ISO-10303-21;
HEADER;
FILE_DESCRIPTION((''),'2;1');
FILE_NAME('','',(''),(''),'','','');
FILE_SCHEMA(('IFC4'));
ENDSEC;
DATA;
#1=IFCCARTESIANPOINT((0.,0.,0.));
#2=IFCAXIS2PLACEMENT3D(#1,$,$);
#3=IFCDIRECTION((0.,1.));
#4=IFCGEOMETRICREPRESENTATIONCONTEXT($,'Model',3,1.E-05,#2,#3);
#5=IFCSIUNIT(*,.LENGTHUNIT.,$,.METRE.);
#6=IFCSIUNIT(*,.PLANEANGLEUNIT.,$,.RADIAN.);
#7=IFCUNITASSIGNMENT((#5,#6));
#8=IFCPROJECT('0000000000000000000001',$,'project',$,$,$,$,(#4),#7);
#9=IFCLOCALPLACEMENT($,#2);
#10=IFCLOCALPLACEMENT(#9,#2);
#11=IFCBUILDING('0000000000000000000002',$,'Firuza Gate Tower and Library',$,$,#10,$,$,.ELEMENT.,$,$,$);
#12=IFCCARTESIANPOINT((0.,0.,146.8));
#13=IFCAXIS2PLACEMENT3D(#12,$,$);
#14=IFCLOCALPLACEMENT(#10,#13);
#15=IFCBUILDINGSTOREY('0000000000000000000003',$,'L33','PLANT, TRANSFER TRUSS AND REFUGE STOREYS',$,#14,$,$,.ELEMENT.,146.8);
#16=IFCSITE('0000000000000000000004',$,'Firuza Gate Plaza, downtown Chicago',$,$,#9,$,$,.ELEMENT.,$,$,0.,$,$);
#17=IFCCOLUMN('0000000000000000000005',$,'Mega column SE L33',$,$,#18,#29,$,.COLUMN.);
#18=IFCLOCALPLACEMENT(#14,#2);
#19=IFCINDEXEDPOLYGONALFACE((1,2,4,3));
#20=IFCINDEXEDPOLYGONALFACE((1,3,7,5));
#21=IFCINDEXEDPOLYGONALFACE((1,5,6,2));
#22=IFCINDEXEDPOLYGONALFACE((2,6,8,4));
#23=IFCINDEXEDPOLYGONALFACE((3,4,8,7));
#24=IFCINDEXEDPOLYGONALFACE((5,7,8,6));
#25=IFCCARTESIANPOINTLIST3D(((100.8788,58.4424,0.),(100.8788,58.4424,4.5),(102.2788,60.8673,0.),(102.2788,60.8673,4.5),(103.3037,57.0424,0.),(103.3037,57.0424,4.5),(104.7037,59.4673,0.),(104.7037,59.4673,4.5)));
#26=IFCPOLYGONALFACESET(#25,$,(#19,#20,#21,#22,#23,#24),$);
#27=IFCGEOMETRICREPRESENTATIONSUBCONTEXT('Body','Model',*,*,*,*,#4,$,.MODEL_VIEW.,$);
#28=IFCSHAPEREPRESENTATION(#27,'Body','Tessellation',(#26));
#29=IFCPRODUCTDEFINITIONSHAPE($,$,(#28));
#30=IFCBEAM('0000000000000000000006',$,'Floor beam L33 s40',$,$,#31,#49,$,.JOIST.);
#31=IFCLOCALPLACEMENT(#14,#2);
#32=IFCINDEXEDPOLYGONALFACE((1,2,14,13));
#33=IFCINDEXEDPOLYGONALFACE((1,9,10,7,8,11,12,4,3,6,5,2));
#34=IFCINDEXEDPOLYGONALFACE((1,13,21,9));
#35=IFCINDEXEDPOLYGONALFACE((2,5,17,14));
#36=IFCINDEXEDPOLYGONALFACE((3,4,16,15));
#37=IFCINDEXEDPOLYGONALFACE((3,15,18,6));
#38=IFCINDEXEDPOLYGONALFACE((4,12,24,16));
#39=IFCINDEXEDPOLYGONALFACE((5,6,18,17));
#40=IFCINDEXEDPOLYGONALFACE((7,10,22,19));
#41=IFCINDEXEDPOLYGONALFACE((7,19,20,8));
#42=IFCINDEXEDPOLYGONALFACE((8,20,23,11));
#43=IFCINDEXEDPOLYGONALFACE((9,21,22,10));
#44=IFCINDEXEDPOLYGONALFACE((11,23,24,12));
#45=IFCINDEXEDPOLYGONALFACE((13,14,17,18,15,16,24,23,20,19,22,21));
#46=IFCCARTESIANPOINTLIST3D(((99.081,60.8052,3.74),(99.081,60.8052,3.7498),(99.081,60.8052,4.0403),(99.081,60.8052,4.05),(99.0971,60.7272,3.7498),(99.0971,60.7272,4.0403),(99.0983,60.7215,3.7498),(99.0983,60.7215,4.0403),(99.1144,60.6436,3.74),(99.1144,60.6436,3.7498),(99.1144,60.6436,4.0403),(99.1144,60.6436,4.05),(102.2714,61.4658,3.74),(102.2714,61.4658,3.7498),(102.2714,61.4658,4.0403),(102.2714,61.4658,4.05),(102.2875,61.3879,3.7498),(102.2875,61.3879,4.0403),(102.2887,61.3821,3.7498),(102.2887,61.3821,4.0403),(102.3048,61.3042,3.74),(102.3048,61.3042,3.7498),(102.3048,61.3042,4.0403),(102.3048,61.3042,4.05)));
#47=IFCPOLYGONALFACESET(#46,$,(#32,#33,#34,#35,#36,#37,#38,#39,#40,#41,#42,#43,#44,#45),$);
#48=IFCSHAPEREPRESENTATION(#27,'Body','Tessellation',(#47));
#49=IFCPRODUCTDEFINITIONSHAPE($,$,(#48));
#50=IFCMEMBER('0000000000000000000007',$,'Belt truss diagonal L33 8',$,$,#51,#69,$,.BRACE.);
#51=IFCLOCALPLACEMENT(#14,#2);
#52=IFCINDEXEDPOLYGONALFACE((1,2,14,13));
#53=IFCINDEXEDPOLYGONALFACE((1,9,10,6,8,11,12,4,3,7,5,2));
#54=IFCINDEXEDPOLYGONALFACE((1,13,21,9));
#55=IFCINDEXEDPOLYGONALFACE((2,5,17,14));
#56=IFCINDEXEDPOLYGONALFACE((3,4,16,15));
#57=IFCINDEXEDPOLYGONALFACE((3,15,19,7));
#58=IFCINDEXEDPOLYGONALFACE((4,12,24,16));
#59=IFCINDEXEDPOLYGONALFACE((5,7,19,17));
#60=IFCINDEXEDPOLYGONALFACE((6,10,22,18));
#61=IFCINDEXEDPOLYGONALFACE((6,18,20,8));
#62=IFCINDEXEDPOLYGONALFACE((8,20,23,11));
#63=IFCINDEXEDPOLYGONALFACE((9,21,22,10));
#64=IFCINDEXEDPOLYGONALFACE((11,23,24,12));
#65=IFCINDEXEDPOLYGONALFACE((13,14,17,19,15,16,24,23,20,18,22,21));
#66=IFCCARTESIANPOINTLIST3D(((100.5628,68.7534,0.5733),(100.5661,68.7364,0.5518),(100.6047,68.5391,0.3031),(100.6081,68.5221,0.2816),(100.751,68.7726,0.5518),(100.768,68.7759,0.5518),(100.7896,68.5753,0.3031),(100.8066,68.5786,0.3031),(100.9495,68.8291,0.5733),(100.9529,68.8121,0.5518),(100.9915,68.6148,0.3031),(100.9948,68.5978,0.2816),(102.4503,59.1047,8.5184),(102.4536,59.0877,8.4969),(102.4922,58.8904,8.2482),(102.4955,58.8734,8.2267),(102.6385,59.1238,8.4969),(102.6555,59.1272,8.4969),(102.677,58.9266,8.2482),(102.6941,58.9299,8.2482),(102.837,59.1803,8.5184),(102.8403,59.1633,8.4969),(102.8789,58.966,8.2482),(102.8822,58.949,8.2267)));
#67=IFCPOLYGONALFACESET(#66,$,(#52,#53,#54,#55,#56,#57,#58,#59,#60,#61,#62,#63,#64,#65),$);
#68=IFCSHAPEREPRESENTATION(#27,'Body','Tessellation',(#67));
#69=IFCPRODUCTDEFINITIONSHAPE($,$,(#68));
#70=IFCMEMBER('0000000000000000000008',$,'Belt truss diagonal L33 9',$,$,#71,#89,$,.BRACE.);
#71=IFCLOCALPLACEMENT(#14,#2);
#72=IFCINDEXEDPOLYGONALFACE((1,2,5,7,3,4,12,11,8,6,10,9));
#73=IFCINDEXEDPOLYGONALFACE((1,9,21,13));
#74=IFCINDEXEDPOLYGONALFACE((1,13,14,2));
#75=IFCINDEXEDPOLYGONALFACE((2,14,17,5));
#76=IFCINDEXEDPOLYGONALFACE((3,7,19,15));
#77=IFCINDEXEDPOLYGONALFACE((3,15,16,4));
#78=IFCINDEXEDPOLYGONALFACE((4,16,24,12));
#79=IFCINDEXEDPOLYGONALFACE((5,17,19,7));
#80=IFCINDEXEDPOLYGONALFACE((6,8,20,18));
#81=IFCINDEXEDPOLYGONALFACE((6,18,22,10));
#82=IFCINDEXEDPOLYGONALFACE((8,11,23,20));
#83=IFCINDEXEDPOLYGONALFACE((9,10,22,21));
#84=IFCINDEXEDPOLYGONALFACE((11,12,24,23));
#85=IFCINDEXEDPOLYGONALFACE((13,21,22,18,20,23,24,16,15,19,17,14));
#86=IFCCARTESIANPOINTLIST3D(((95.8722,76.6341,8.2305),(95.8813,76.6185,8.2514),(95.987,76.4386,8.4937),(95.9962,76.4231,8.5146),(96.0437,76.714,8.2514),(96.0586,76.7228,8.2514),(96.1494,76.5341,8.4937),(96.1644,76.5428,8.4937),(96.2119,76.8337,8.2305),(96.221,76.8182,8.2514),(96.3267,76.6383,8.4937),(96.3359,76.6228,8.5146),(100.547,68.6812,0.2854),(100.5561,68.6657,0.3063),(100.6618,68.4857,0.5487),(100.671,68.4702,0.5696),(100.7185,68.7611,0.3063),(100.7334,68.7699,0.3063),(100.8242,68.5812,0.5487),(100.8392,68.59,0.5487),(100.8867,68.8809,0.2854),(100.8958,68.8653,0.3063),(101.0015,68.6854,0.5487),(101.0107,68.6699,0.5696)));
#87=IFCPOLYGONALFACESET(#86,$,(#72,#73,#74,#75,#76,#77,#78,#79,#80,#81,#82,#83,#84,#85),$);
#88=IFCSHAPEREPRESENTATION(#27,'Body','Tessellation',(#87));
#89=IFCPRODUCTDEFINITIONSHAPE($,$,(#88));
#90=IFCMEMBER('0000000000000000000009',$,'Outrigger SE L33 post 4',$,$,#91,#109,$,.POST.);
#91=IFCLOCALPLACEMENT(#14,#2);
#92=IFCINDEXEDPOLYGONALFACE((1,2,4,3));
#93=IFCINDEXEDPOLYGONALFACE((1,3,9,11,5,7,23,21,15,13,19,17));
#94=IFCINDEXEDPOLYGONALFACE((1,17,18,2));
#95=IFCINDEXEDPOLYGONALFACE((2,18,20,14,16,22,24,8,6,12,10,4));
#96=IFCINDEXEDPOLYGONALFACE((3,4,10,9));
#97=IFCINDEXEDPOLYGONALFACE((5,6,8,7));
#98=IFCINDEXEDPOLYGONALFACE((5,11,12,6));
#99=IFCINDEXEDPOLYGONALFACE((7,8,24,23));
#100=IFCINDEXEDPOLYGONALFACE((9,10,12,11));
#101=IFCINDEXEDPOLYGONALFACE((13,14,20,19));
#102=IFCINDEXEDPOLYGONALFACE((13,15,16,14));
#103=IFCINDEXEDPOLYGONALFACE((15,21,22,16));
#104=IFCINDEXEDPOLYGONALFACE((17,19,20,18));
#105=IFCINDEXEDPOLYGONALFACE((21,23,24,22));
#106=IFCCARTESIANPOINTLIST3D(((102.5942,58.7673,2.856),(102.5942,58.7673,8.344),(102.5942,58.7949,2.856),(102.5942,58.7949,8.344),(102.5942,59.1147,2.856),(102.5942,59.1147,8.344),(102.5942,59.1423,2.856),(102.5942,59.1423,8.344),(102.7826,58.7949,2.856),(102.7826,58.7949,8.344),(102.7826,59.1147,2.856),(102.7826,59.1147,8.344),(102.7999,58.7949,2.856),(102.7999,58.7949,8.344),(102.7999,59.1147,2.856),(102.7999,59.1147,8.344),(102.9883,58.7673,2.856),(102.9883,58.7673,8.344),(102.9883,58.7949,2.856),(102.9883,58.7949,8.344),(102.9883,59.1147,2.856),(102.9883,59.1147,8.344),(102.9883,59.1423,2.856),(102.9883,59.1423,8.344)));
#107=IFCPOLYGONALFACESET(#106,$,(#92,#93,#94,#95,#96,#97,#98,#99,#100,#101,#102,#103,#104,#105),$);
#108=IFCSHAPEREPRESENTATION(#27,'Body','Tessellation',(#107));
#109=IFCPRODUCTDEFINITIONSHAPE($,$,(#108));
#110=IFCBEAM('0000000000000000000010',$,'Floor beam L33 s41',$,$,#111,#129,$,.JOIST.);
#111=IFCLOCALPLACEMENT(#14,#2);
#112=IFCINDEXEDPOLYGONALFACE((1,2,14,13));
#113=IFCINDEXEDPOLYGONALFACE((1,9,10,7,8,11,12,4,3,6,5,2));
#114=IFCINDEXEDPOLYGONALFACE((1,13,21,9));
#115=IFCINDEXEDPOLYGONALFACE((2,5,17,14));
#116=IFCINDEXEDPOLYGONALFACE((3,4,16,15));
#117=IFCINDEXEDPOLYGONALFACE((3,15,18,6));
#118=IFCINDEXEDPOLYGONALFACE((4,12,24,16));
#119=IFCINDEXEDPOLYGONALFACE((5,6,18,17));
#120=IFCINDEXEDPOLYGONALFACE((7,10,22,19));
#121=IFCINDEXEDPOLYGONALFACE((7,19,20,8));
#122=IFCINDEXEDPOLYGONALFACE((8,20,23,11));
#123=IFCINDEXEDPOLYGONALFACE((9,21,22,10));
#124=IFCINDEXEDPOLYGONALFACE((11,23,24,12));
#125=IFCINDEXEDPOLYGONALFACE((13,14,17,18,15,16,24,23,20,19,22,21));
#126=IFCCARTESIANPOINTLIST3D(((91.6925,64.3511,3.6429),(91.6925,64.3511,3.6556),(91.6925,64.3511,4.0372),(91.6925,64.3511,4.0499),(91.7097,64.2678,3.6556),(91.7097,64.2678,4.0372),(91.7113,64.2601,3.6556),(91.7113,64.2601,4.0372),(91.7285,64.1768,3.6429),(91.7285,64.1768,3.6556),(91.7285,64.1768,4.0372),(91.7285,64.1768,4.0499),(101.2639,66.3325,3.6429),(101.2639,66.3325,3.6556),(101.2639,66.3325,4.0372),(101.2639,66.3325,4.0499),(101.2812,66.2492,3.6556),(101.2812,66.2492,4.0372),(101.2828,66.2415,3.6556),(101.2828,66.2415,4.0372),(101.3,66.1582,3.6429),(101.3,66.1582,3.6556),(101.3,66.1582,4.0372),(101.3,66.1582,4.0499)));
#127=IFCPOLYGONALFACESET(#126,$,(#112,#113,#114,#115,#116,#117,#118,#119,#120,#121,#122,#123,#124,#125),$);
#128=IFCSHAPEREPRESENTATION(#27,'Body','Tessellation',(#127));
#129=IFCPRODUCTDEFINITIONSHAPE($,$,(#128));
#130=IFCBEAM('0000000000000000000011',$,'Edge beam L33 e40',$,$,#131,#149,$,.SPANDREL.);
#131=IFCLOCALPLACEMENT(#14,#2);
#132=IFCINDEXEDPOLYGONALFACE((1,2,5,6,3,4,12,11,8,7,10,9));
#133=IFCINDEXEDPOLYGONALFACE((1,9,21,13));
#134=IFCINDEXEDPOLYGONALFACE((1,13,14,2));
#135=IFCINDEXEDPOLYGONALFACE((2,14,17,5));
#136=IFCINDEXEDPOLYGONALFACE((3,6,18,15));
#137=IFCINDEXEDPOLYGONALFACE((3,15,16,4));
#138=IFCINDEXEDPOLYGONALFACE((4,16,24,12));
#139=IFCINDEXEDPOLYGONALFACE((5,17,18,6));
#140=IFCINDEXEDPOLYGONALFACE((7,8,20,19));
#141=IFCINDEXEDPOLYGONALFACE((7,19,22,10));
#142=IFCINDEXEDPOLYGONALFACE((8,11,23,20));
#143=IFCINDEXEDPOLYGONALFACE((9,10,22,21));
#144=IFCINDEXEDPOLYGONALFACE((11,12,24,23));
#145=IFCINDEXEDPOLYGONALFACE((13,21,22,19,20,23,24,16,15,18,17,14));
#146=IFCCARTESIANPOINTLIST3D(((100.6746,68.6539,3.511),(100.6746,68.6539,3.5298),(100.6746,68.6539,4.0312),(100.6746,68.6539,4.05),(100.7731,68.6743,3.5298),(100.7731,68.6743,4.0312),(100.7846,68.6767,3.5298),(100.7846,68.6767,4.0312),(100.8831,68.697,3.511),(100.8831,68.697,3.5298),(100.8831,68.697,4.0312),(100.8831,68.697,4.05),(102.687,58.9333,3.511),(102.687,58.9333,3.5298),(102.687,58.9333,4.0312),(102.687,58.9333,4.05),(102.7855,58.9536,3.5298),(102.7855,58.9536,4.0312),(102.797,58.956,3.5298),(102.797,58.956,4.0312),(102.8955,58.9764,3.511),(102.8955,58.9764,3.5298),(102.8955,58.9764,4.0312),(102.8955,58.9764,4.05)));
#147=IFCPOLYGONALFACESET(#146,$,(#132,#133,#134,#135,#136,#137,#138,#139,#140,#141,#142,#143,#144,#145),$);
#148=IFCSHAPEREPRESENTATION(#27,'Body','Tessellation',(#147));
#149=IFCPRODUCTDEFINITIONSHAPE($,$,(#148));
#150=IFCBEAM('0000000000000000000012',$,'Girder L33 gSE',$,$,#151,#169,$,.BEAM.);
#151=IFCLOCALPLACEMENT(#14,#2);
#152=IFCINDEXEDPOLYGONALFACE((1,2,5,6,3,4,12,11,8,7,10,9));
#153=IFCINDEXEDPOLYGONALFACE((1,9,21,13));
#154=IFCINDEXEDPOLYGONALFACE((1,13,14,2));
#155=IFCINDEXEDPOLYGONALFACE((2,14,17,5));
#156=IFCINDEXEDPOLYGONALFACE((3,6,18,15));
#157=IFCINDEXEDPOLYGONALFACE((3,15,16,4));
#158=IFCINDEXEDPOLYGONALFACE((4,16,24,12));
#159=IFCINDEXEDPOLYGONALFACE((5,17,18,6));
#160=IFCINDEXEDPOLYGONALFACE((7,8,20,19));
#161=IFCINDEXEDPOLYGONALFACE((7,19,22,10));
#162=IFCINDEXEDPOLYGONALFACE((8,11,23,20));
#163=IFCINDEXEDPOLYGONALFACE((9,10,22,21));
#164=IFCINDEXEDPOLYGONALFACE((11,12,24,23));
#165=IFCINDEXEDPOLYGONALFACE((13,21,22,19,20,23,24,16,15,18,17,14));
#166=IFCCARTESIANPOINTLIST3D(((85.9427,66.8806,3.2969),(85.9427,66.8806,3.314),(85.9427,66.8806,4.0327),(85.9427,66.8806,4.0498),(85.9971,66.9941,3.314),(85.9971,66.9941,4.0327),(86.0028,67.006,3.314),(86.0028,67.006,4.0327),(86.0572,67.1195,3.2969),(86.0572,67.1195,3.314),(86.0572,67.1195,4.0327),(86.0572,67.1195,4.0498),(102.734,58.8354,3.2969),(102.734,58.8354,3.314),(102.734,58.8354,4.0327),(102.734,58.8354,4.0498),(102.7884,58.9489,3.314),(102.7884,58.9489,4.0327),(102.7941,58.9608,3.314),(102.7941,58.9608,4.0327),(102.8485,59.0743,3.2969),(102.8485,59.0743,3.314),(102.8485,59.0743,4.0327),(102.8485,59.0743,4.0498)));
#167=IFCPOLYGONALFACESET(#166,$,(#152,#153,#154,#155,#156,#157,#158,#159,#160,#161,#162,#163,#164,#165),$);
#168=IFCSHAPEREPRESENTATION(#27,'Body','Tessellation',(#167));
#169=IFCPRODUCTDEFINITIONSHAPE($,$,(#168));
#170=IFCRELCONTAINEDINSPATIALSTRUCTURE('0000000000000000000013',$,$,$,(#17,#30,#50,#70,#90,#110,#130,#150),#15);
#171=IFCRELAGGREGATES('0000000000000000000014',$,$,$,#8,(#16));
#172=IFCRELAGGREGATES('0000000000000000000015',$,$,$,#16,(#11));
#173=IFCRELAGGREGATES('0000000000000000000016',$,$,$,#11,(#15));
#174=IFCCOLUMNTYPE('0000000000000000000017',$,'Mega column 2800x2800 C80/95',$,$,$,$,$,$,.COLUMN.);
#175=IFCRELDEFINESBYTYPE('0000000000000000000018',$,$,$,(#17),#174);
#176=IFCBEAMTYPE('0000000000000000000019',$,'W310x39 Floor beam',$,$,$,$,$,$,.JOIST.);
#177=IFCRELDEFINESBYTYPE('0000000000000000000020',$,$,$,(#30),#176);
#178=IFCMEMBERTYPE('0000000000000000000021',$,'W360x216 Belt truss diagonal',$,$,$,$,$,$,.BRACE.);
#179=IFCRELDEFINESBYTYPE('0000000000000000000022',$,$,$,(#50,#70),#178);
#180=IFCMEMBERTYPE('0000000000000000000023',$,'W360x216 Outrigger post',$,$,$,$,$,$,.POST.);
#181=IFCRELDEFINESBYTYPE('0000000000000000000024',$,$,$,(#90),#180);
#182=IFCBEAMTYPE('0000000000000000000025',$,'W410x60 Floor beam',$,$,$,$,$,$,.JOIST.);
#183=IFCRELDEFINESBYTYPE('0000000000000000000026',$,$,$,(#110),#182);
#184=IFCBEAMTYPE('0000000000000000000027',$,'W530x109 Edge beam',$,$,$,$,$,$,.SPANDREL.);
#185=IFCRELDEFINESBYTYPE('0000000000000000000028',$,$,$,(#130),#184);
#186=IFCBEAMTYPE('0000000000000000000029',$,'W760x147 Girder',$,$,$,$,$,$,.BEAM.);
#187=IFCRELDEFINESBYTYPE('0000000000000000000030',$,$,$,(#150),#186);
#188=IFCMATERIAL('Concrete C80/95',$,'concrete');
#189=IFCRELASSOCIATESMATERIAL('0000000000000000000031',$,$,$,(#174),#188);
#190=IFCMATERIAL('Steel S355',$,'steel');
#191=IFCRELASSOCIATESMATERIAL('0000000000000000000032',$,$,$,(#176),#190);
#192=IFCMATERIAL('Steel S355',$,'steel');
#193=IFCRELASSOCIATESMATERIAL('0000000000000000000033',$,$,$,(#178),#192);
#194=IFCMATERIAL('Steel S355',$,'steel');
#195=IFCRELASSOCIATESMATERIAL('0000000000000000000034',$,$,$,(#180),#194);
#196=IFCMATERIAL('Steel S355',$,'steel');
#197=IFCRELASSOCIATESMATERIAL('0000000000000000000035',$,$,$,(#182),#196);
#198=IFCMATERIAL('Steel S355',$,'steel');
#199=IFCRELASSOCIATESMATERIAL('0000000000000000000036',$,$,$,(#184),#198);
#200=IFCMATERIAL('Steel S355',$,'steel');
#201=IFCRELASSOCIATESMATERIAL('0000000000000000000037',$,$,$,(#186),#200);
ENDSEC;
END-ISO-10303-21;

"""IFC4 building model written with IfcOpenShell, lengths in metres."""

from ifc_helpers import new_model, si_unit, direction, frame, origin, origin_2d, place, context, subcontext, project, spatial, rectangle, i_section, extrude, material, material_profile, profile_set, type_object, element, save


model = new_model("IFC4")

# Units and contexts
model_context = context("Model", 3, precision=1e-05, world=origin(), true_north=direction((0.0, 1.0)))
body_context = subcontext(model_context, "Body", "Model", "MODEL_VIEW")
ifc_project = project(units=[si_unit("LENGTHUNIT", "METRE"), si_unit("PLANEANGLEUNIT", "RADIAN")], contexts=[model_context])

# Site, building, storey
site_placement = place(None, origin())
site = spatial("IfcSite", under=ifc_project, at=site_placement, Name="Firuza Gate Plaza, downtown Chicago", CompositionType="ELEMENT", RefElevation=0.0)
building_placement = place(site_placement, origin())
building = spatial("IfcBuilding", under=site, at=building_placement, Name="Firuza Gate Tower and Library", CompositionType="ELEMENT")
storey_placement = place(building_placement, frame((0.0, 0.0, 146.8)))
storey = spatial("IfcBuildingStorey", under=building, at=storey_placement, Name="L33", Description="PLANT, TRANSFER TRUSS AND REFUGE STOREYS", CompositionType="ELEMENT", Elevation=146.8)

# Column
ifc_material_1 = material(Name="Concrete C80/95", Category="concrete")
ifc_material_profile_1 = material_profile(ifc_material_1, rectangle(XDim=2.8, YDim=2.8, at=origin_2d()))
ifc_profile_set_1 = profile_set([ifc_material_profile_1], Name="Concrete C80/95")
column_type = type_object("IfcColumnType", Name="Mega column 2800x2800 C80/95", PredefinedType="COLUMN", material=ifc_profile_set_1)
column_placement = place(storey_placement, frame((102.7913, 58.9548, 0.0), z_axis=(0.0, 0.0, 1.0), x_axis=(0.5, 0.866025, 0.0)))
element("IfcColumn", 1, at=column_placement, inside=storey, type_object=column_type, Name="Mega column SE L33", PredefinedType="COLUMN", context=body_context, shape_type="SweptSolid", body=[
    extrude(rectangle(XDim=2.8, YDim=2.8, at=origin_2d()), origin(), (0.0, 0.0, 1.0), 4.5),
])

# Beam
ifc_material_2 = material(Name="Steel S355", Category="steel")
ifc_material_profile_2 = material_profile(ifc_material_2, i_section(OverallWidth=0.165, OverallDepth=0.3101, WebThickness=0.0059, FlangeThickness=0.0098, at=origin_2d()))
ifc_profile_set_2 = profile_set([ifc_material_profile_2], Name="Steel S355")
beam_type_1 = type_object("IfcBeamType", Name="W310x39 Floor beam", PredefinedType="JOIST", material=ifc_profile_set_2)
beam_1_placement = place(storey_placement, frame((102.2881, 61.385, 3.895), z_axis=(-0.979227, -0.202769, 0.0), x_axis=(0.202769, -0.979227, 0.0)))
element("IfcBeam", 2, at=beam_1_placement, inside=storey, type_object=beam_type_1, Name="Floor beam L33 s40", PredefinedType="JOIST", context=body_context, shape_type="SweptSolid", body=[
    extrude(i_section(OverallWidth=0.165, OverallDepth=0.3101, WebThickness=0.0059, FlangeThickness=0.0098, at=origin_2d()), origin(), (0.0, 0.0, 1.0), 3.2581),
])

# Members
ifc_material_3 = material(Name="Steel S355", Category="steel")
ifc_material_profile_3 = material_profile(ifc_material_3, i_section(OverallWidth=0.394, OverallDepth=0.375, WebThickness=0.0173, FlangeThickness=0.0276, at=origin_2d()))
ifc_profile_set_3 = profile_set([ifc_material_profile_3], Name="Steel S355")
member_type_1 = type_object("IfcMemberType", Name="W360x216 Belt truss diagonal", PredefinedType="BRACE", material=ifc_profile_set_3)
member_1_placement = place(storey_placement, frame((102.6663, 59.0269, 8.3726), z_axis=(-0.149317, 0.763312, -0.628538), x_axis=(-0.981399, -0.191979, 0.0)))
element("IfcMember", 3, at=member_1_placement, inside=storey, type_object=member_type_1, Name="Belt truss diagonal L33 8", PredefinedType="BRACE", context=body_context, shape_type="SweptSolid", body=[
    extrude(i_section(OverallWidth=0.394, OverallDepth=0.375, WebThickness=0.0173, FlangeThickness=0.0276, at=origin_2d()), origin(), (0.0, 0.0, 1.0), 12.6406),
])
member_2_placement = place(storey_placement, frame((100.7788, 68.6755, 0.4275), z_axis=(-0.383973, 0.653224, 0.652582), x_axis=(-0.862093, -0.506749, 0.0)))
element("IfcMember", 4, at=member_2_placement, inside=storey, type_object=member_type_1, Name="Belt truss diagonal L33 9", PredefinedType="BRACE", context=body_context, shape_type="SweptSolid", body=[
    extrude(i_section(OverallWidth=0.394, OverallDepth=0.375, WebThickness=0.0173, FlangeThickness=0.0276, at=origin_2d()), origin(), (0.0, 0.0, 1.0), 12.1748),
])
ifc_material_4 = material(Name="Steel S355", Category="steel")
ifc_material_profile_4 = material_profile(ifc_material_4, i_section(OverallWidth=0.394, OverallDepth=0.375, WebThickness=0.0173, FlangeThickness=0.0276, at=origin_2d()))
ifc_profile_set_4 = profile_set([ifc_material_profile_4], Name="Steel S355")
member_type_2 = type_object("IfcMemberType", Name="W360x216 Outrigger post", PredefinedType="POST", material=ifc_profile_set_4)
member_3_placement = place(storey_placement, frame((102.7913, 58.9548, 2.856), z_axis=(0.0, 0.0, 1.0), x_axis=(1.0, 0.0, 0.0)))
element("IfcMember", 5, at=member_3_placement, inside=storey, type_object=member_type_2, Name="Outrigger SE L33 post 4", PredefinedType="POST", context=body_context, shape_type="SweptSolid", body=[
    extrude(i_section(OverallWidth=0.394, OverallDepth=0.375, WebThickness=0.0173, FlangeThickness=0.0276, at=origin_2d()), origin(), (0.0, 0.0, 1.0), 5.488),
])

# Beams
ifc_material_5 = material(Name="Steel S355", Category="steel")
ifc_material_profile_5 = material_profile(ifc_material_5, i_section(OverallWidth=0.178, OverallDepth=0.407, WebThickness=0.0078, FlangeThickness=0.0127, at=origin_2d()))
ifc_profile_set_5 = profile_set([ifc_material_profile_5], Name="Steel S355")
beam_type_2 = type_object("IfcBeamType", Name="W410x60 Floor beam", PredefinedType="JOIST", material=ifc_profile_set_5)
beam_2_placement = place(storey_placement, frame((101.282, 66.2454, 3.8464), z_axis=(-0.979238, -0.202716, 0.0), x_axis=(0.202716, -0.979238, 0.0)))
element("IfcBeam", 6, at=beam_2_placement, inside=storey, type_object=beam_type_2, Name="Floor beam L33 s41", PredefinedType="JOIST", context=body_context, shape_type="SweptSolid", body=[
    extrude(i_section(OverallWidth=0.178, OverallDepth=0.407, WebThickness=0.0078, FlangeThickness=0.0127, at=origin_2d()), origin(), (0.0, 0.0, 1.0), 9.7744),
])
ifc_material_6 = material(Name="Steel S355", Category="steel")
ifc_material_profile_6 = material_profile(ifc_material_6, i_section(OverallWidth=0.2129, OverallDepth=0.5391, WebThickness=0.0117, FlangeThickness=0.0188, at=origin_2d()))
ifc_profile_set_6 = profile_set([ifc_material_profile_6], Name="Steel S355")
beam_type_3 = type_object("IfcBeamType", Name="W530x109 Edge beam", PredefinedType="SPANDREL", material=ifc_profile_set_6)
beam_3_placement = place(storey_placement, frame((102.7913, 58.9548, 3.7805), z_axis=(-0.202728, 0.979235, 0.0), x_axis=(-0.979235, -0.202728, 0.0)))
element("IfcBeam", 7, at=beam_3_placement, inside=storey, type_object=beam_type_3, Name="Edge beam L33 e40", PredefinedType="SPANDREL", context=body_context, shape_type="SweptSolid", body=[
    extrude(i_section(OverallWidth=0.2129, OverallDepth=0.5391, WebThickness=0.0117, FlangeThickness=0.0188, at=origin_2d()), origin(), (0.0, 0.0, 1.0), 9.9268),
])
ifc_material_7 = material(Name="Steel S355", Category="steel")
ifc_material_profile_7 = material_profile(ifc_material_7, i_section(OverallWidth=0.2649, OverallDepth=0.7529, WebThickness=0.0132, FlangeThickness=0.0171, at=origin_2d()))
ifc_profile_set_7 = profile_set([ifc_material_profile_7], Name="Steel S355")
beam_type_4 = type_object("IfcBeamType", Name="W760x147 Girder", PredefinedType="BEAM", material=ifc_profile_set_7)
beam_4_placement = place(storey_placement, frame((102.7913, 58.9548, 3.6733), z_axis=(-0.90183, 0.432092, 0.0), x_axis=(-0.432092, -0.90183, 0.0)))
element("IfcBeam", 8, at=beam_4_placement, inside=storey, type_object=beam_type_4, Name="Girder L33 gSE", PredefinedType="BEAM", context=body_context, shape_type="SweptSolid", body=[
    extrude(i_section(OverallWidth=0.2649, OverallDepth=0.7529, WebThickness=0.0132, FlangeThickness=0.0171, at=origin_2d()), origin(), (0.0, 0.0, 1.0), 18.6191),
])

save(model, "model.ifc")
